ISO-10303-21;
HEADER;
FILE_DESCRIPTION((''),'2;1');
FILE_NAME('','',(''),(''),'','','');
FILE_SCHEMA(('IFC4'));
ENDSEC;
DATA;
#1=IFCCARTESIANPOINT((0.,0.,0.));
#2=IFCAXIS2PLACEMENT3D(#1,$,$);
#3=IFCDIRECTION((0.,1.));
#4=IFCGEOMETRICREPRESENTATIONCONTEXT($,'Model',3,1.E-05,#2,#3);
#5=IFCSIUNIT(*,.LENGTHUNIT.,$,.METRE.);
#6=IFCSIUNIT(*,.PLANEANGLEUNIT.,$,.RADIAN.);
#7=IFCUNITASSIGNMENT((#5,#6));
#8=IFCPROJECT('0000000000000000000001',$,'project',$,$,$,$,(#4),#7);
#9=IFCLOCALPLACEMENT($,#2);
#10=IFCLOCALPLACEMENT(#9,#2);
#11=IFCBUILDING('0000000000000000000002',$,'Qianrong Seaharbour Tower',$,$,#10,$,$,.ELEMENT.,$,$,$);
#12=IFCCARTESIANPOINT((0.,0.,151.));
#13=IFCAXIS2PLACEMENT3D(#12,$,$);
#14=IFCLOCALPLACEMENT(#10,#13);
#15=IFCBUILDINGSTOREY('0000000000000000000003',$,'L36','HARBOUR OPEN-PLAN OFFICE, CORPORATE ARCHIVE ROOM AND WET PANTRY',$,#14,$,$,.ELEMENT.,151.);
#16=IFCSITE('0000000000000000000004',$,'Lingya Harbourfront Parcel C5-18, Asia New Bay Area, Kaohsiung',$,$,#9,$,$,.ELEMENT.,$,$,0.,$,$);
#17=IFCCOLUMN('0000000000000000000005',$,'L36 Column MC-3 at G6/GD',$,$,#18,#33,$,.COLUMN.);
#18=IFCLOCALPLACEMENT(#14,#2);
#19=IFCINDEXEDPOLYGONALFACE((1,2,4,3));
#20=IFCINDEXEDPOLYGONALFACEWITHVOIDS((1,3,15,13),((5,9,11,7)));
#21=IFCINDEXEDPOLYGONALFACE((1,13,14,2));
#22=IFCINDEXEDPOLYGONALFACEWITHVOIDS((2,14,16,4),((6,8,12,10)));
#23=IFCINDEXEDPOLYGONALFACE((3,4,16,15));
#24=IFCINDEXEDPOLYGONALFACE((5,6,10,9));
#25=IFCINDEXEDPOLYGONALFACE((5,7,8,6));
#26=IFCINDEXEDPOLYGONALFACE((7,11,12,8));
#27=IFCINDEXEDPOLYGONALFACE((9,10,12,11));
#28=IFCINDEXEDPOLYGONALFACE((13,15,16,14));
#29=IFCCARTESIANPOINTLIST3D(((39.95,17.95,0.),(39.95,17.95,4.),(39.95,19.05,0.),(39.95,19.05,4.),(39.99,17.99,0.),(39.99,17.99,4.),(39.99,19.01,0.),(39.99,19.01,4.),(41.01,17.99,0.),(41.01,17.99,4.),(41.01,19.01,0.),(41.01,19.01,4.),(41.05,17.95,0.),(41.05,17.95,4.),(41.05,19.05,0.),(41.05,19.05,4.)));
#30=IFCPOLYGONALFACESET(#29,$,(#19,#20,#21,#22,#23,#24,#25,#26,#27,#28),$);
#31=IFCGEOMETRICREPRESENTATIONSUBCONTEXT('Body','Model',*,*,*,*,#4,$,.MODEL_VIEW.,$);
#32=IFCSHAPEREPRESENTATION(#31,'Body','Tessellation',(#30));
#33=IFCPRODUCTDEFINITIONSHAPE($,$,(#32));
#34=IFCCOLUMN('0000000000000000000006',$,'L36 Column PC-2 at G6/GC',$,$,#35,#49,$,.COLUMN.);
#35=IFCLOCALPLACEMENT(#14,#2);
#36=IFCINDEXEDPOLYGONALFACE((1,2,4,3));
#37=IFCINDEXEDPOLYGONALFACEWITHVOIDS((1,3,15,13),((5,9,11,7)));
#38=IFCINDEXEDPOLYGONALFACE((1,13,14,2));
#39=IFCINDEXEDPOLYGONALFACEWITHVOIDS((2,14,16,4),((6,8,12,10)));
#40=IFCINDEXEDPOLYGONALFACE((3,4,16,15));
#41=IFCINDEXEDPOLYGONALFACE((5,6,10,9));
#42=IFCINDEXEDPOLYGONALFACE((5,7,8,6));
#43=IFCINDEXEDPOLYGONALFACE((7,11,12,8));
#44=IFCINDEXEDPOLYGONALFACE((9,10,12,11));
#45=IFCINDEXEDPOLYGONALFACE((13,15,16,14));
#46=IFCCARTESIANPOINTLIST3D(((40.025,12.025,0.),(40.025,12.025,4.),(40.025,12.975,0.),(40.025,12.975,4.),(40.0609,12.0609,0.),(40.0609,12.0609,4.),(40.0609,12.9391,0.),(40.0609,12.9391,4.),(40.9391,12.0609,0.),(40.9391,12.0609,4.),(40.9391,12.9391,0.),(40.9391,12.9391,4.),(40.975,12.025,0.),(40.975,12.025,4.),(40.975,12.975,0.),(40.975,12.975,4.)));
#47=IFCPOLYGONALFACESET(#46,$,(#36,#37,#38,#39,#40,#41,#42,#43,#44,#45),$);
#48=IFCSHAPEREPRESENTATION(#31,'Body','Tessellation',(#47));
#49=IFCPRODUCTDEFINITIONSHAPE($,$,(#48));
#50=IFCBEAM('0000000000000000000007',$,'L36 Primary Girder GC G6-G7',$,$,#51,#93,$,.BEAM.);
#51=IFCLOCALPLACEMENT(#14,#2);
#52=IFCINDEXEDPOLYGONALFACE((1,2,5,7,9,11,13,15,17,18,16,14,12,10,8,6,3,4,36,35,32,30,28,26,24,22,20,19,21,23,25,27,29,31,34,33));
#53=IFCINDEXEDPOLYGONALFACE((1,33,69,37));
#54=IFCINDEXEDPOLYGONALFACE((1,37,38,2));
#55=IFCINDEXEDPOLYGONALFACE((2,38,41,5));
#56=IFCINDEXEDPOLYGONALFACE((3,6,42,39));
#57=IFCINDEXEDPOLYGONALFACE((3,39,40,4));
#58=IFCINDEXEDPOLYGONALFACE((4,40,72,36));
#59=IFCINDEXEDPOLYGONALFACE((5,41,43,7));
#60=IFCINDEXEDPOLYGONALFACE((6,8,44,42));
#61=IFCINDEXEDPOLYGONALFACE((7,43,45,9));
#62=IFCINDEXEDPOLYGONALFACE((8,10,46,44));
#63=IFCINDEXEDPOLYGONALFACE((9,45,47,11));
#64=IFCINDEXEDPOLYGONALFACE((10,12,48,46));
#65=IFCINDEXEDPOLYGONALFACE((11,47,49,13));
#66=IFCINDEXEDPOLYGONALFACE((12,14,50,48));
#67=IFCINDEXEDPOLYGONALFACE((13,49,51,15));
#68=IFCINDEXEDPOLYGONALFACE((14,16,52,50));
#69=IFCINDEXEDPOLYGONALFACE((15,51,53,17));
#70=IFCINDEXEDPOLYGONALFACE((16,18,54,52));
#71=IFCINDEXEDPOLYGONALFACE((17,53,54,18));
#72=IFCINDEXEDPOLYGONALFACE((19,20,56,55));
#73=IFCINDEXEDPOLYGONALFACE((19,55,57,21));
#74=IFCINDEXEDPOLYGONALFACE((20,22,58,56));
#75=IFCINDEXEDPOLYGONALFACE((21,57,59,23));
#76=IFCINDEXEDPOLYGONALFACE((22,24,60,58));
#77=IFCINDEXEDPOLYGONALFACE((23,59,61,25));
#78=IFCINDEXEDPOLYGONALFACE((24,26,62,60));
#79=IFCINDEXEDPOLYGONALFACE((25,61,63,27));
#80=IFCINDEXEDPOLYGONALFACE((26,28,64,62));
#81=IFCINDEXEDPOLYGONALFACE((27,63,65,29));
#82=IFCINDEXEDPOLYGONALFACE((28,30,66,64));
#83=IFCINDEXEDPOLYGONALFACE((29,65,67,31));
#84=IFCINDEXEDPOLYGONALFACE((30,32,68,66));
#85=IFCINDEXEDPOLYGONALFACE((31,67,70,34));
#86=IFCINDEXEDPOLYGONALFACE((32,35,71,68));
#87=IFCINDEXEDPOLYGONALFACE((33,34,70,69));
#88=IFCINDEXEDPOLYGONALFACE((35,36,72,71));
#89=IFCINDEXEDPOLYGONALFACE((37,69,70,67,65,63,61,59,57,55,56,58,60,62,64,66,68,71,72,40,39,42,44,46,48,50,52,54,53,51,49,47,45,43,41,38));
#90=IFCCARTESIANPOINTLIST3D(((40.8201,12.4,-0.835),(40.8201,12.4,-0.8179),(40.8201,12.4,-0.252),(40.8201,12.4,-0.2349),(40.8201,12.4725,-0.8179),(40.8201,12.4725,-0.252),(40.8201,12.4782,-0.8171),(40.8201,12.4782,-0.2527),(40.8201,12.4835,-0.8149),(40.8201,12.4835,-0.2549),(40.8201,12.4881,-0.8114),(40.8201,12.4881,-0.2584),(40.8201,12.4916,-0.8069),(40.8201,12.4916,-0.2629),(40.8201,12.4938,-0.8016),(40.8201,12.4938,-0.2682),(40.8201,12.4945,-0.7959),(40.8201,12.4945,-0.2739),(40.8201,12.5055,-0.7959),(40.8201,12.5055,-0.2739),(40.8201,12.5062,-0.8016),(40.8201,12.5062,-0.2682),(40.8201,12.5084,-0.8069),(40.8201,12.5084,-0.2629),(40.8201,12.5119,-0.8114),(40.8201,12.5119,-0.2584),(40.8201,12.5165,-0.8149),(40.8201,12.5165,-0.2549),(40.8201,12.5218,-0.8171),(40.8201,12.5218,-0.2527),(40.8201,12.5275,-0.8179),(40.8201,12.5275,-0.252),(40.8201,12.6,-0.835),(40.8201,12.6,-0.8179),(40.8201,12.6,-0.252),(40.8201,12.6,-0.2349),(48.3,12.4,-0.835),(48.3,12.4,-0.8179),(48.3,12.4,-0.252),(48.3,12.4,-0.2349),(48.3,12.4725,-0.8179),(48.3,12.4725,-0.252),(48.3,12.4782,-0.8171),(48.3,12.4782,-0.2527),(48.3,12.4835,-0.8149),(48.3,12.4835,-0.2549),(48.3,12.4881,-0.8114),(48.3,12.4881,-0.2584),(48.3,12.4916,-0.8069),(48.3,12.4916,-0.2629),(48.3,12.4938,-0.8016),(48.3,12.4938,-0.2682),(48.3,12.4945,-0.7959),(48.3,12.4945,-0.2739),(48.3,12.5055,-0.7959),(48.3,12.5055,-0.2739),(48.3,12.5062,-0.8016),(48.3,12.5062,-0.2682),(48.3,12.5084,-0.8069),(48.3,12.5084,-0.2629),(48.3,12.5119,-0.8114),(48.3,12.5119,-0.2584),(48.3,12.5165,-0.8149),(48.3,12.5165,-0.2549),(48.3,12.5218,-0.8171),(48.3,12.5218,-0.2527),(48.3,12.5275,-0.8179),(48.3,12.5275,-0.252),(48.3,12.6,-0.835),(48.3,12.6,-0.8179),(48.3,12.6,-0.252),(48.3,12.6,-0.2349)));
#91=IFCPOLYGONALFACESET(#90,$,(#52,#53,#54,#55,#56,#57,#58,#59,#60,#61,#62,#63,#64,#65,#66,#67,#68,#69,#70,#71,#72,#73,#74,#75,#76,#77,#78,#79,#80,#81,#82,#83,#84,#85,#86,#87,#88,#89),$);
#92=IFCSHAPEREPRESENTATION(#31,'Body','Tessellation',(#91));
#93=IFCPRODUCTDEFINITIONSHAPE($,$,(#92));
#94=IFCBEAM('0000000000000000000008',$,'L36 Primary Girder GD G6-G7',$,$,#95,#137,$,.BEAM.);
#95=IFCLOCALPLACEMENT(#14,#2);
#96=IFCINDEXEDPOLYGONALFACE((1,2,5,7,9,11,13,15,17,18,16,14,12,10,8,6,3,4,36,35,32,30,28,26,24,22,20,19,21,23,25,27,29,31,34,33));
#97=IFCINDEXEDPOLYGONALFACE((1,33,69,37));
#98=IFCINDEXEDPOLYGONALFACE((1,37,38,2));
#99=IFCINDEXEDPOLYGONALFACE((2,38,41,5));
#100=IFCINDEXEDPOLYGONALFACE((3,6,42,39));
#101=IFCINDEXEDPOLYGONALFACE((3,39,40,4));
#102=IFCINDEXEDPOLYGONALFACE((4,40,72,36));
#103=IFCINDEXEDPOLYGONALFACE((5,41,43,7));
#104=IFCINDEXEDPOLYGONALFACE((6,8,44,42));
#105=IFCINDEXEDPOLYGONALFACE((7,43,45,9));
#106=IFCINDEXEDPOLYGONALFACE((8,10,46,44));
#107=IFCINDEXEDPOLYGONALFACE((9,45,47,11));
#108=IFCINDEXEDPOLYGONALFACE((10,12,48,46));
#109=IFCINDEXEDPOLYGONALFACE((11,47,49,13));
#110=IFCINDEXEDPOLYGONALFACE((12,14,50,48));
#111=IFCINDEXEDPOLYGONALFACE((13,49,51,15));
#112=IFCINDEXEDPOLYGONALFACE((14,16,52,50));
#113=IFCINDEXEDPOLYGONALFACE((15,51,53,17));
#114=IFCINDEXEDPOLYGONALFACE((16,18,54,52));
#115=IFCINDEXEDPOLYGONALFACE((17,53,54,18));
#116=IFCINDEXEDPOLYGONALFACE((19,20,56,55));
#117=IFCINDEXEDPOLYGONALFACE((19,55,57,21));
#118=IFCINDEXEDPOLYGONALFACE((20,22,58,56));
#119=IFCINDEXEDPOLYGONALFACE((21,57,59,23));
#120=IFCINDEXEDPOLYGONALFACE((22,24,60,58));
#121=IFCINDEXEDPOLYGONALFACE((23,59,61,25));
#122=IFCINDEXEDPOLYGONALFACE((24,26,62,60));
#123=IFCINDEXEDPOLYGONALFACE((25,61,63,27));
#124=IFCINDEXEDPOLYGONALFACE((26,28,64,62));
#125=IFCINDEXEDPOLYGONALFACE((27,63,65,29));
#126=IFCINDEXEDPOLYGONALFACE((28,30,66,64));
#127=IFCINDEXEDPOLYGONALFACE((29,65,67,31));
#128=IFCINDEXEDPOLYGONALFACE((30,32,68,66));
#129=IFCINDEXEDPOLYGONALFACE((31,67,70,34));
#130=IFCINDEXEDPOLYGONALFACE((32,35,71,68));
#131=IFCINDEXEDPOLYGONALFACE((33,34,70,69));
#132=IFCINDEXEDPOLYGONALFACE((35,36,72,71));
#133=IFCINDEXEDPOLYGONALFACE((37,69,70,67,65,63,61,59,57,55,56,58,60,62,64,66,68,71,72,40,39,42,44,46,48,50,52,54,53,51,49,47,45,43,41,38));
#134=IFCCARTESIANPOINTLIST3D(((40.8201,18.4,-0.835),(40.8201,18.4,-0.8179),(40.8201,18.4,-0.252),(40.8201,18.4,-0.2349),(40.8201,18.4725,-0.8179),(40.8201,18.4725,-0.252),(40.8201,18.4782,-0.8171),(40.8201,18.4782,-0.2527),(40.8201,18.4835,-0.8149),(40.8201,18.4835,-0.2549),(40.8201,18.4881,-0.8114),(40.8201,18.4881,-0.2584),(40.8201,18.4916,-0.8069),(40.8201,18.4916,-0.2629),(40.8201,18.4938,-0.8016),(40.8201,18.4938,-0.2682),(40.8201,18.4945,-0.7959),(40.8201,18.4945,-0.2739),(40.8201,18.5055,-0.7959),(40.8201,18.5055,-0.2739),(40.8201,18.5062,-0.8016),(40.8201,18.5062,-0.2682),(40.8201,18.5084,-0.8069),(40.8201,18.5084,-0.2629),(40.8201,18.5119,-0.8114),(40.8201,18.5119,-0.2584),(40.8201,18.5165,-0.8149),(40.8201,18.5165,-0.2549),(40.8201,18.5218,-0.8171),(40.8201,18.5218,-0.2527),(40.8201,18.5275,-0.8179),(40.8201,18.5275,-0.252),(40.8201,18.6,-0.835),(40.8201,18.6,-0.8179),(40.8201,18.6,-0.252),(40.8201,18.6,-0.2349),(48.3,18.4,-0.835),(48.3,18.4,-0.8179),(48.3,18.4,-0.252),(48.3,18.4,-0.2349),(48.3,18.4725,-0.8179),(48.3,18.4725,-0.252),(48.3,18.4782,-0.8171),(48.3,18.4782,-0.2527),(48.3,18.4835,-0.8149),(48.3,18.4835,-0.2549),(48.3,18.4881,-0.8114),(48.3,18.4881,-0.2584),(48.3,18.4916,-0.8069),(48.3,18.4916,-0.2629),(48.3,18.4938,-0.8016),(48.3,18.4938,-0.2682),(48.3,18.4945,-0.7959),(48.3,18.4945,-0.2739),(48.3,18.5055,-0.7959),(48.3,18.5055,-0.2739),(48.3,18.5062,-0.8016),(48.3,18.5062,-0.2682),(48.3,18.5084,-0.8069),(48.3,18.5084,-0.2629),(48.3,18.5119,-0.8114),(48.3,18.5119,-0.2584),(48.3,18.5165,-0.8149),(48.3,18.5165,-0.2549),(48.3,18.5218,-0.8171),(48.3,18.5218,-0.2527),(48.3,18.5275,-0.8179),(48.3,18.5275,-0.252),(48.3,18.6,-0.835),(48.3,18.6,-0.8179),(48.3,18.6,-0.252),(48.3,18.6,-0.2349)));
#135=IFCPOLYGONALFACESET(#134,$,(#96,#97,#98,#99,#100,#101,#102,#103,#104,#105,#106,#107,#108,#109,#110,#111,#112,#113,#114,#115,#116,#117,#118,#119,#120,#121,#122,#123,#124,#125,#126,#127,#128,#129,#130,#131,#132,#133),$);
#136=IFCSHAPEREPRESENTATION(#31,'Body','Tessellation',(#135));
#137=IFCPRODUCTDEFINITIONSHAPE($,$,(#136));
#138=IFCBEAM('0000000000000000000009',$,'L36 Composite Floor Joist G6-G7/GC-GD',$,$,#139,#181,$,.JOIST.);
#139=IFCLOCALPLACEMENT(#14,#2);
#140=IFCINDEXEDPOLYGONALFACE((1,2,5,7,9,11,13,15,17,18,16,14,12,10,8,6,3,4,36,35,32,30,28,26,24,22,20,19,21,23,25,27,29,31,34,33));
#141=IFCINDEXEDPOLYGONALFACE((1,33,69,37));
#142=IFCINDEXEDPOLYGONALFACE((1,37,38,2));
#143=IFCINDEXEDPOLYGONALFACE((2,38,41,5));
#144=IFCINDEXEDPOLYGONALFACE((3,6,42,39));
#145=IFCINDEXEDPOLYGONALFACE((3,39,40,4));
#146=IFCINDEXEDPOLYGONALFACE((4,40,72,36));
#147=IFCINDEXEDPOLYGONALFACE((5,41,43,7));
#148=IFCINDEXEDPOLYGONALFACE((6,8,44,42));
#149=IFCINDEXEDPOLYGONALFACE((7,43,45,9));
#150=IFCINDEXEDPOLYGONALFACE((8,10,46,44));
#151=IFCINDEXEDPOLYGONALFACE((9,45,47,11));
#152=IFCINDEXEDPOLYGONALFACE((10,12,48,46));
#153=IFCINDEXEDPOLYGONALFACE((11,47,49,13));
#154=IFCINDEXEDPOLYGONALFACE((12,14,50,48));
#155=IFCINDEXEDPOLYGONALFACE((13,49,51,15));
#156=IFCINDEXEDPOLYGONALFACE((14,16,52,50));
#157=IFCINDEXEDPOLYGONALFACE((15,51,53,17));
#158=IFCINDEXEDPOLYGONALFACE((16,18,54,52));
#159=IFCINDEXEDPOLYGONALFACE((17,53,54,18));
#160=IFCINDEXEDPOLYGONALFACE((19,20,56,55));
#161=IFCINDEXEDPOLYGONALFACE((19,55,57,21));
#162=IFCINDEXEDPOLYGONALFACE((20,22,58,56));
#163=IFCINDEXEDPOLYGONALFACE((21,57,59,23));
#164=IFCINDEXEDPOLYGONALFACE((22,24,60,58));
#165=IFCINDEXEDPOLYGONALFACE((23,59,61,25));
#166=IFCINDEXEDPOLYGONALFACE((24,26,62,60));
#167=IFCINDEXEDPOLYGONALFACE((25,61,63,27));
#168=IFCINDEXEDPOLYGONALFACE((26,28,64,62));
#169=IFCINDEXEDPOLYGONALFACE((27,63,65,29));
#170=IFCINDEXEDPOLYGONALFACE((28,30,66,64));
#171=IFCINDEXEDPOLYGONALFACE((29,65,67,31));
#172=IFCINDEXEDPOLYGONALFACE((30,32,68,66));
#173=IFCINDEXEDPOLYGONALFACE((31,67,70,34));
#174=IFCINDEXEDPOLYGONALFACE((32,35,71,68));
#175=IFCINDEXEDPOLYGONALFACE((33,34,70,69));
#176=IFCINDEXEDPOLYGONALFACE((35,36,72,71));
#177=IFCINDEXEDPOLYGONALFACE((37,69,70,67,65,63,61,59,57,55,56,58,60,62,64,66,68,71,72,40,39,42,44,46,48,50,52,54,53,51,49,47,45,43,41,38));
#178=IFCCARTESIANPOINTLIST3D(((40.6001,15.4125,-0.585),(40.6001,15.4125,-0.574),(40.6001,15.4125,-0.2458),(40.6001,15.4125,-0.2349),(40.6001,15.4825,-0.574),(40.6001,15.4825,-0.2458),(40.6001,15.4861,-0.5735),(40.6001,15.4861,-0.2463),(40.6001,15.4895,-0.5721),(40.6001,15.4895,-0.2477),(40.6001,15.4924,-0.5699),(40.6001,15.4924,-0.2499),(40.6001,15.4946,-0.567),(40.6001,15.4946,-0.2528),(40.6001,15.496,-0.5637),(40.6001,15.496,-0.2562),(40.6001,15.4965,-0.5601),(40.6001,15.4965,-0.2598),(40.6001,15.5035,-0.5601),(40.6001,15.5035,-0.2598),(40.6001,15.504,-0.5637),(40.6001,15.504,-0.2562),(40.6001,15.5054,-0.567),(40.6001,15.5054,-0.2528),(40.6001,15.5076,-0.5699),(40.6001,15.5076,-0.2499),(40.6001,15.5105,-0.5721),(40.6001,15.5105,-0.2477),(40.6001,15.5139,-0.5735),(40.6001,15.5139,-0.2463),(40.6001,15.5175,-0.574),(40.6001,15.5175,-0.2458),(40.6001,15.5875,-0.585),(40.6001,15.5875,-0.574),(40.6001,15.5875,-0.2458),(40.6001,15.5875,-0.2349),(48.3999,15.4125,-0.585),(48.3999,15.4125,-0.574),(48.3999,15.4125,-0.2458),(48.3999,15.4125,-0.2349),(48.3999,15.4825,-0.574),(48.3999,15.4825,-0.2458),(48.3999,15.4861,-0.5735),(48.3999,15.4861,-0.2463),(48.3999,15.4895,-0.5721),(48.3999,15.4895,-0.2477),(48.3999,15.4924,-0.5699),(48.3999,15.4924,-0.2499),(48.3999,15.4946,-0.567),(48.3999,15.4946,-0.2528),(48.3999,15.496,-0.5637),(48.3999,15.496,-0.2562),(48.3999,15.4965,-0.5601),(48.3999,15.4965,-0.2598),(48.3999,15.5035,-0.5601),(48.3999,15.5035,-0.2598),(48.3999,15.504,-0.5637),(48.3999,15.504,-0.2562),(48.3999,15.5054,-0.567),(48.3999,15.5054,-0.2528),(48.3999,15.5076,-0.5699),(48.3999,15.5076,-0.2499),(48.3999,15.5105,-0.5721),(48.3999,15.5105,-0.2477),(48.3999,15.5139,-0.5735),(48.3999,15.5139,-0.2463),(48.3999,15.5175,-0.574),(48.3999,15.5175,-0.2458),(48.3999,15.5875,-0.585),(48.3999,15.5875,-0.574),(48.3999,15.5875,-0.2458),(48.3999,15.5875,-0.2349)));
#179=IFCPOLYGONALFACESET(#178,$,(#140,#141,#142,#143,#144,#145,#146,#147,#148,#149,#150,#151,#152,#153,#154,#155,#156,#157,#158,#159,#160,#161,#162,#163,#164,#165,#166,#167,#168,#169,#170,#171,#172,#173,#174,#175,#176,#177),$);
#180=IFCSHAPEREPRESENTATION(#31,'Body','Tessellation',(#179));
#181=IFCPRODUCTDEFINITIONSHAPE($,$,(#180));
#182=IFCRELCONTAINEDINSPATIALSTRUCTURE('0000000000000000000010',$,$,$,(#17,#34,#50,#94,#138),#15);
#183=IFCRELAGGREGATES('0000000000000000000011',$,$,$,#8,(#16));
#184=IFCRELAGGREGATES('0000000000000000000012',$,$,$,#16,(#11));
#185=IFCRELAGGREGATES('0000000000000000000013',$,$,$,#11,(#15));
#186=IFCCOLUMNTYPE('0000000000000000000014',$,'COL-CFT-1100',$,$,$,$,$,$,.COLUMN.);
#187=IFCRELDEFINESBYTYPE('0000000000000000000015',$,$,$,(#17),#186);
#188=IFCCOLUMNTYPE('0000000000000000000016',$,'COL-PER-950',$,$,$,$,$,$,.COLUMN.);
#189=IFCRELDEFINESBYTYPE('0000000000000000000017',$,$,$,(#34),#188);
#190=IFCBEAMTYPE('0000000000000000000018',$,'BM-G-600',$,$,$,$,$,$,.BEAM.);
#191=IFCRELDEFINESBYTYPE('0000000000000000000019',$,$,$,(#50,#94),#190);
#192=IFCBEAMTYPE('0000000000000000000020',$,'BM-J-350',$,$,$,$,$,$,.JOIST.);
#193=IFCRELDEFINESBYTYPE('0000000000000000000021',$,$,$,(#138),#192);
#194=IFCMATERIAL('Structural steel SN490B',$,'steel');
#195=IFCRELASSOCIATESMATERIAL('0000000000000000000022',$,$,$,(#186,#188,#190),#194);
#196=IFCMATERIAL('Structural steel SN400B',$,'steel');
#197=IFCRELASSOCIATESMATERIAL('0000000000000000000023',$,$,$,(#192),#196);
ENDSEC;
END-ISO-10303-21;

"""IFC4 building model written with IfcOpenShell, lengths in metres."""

from ifc_helpers import new_model, si_unit, direction, frame, origin, origin_2d, place, context, subcontext, project, spatial, hollow_rectangle, i_section, extrude, material, material_profile, profile_set, type_object, element, save


model = new_model("IFC4")

# Units and contexts
model_context = context("Model", 3, precision=1e-05, world=origin(), true_north=direction((0.0, 1.0)))
body_context = subcontext(model_context, "Body", "Model", "MODEL_VIEW")
ifc_project = project(units=[si_unit("LENGTHUNIT", "METRE"), si_unit("PLANEANGLEUNIT", "RADIAN")], contexts=[model_context])

# Site, building, storey
site_placement = place(None, origin())
site = spatial("IfcSite", under=ifc_project, at=site_placement, Name="Lingya Harbourfront Parcel C5-18, Asia New Bay Area, Kaohsiung", CompositionType="ELEMENT", RefElevation=0.0)
building_placement = place(site_placement, origin())
building = spatial("IfcBuilding", under=site, at=building_placement, Name="Qianrong Seaharbour Tower", CompositionType="ELEMENT")
storey_placement = place(building_placement, frame((0.0, 0.0, 151.0)))
storey = spatial("IfcBuildingStorey", under=building, at=storey_placement, Name="L36", Description="HARBOUR OPEN-PLAN OFFICE, CORPORATE ARCHIVE ROOM AND WET PANTRY", CompositionType="ELEMENT", Elevation=151.0)

# Columns
ifc_material_1 = material(Name="Structural steel SN490B", Category="steel")
ifc_material_profile_1 = material_profile(ifc_material_1, hollow_rectangle(XDim=1.1001, YDim=1.1001, WallThickness=0.04, at=origin_2d()), Name="BOX1100x1100x40")
ifc_profile_set_1 = profile_set([ifc_material_profile_1], Name="Structural steel SN490B")
column_type_1 = type_object("IfcColumnType", Name="COL-CFT-1100", PredefinedType="COLUMN", material=ifc_profile_set_1)
column_1_placement = place(storey_placement, frame((40.5, 18.5, 0.0), z_axis=(0.0, 0.0, 1.0), x_axis=(1.0, 0.0, 0.0)))
element("IfcColumn", 1, at=column_1_placement, inside=storey, type_object=column_type_1, Name="L36 Column MC-3 at G6/GD", PredefinedType="COLUMN", context=body_context, shape_type="SweptSolid", body=[
    extrude(hollow_rectangle(XDim=1.1001, YDim=1.1001, WallThickness=0.04, at=origin_2d()), origin(), (0.0, 0.0, 1.0), 4.0),
])
ifc_material_profile_2 = material_profile(ifc_material_1, hollow_rectangle(XDim=0.95, YDim=0.95, WallThickness=0.0359, at=origin_2d()), Name="BOX950x950x36")
ifc_profile_set_2 = profile_set([ifc_material_profile_2], Name="Structural steel SN490B")
column_type_2 = type_object("IfcColumnType", Name="COL-PER-950", PredefinedType="COLUMN", material=ifc_profile_set_2)
column_2_placement = place(storey_placement, frame((40.5, 12.5, 0.0), z_axis=(0.0, 0.0, 1.0), x_axis=(1.0, 0.0, 0.0)))
element("IfcColumn", 2, at=column_2_placement, inside=storey, type_object=column_type_2, Name="L36 Column PC-2 at G6/GC", PredefinedType="COLUMN", context=body_context, shape_type="SweptSolid", body=[
    extrude(hollow_rectangle(XDim=0.95, YDim=0.95, WallThickness=0.0359, at=origin_2d()), origin(), (0.0, 0.0, 1.0), 4.0),
])

# Beams
ifc_material_profile_3 = material_profile(ifc_material_1, i_section(OverallWidth=0.2, OverallDepth=0.6001, WebThickness=0.011, FlangeThickness=0.0171, FilletRadius=0.022, at=origin_2d()), Name="H600x200x11x17")
ifc_profile_set_3 = profile_set([ifc_material_profile_3], Name="Structural steel SN490B")
beam_type_1 = type_object("IfcBeamType", Name="BM-G-600", PredefinedType="BEAM", material=ifc_profile_set_3)
for number, where, z_axis, x_axis, name in (
    (3, (40.8201, 12.5, -0.5349), (1.0, 0.0, 0.0), (0.0, 1.0, 0.0), "L36 Primary Girder GC G6-G7"),
    (4, (40.8201, 18.5, -0.5349), (1.0, 0.0, 0.0), (0.0, 1.0, 0.0), "L36 Primary Girder GD G6-G7"),
):
    element("IfcBeam", number, at=place(storey_placement, frame(where, z_axis=z_axis, x_axis=x_axis)), inside=storey, type_object=beam_type_1, Name=name, PredefinedType="BEAM", context=body_context, shape_type="SweptSolid", body=[
        extrude(i_section(OverallWidth=0.2, OverallDepth=0.6001, WebThickness=0.011, FlangeThickness=0.0171, FilletRadius=0.022, at=origin_2d()), origin(), (0.0, 0.0, 1.0), 7.48),
    ])
ifc_material_2 = material(Name="Structural steel SN400B", Category="steel")
ifc_material_profile_4 = material_profile(ifc_material_2, i_section(OverallWidth=0.175, OverallDepth=0.3501, WebThickness=0.0071, FlangeThickness=0.011, FilletRadius=0.0139, at=origin_2d()), Name="H350x175x7x11")
ifc_profile_set_4 = profile_set([ifc_material_profile_4], Name="Structural steel SN400B")
beam_type_2 = type_object("IfcBeamType", Name="BM-J-350", PredefinedType="JOIST", material=ifc_profile_set_4)
beam_1_placement = place(storey_placement, frame((40.6001, 15.5, -0.4099), z_axis=(1.0, 0.0, 0.0), x_axis=(0.0, 1.0, 0.0)))
element("IfcBeam", 5, at=beam_1_placement, inside=storey, type_object=beam_type_2, Name="L36 Composite Floor Joist G6-G7/GC-GD", PredefinedType="JOIST", context=body_context, shape_type="SweptSolid", body=[
    extrude(i_section(OverallWidth=0.175, OverallDepth=0.3501, WebThickness=0.0071, FlangeThickness=0.011, FilletRadius=0.0139, at=origin_2d()), origin(), (0.0, 0.0, 1.0), 7.7998),
])

save(model, "model.ifc")
